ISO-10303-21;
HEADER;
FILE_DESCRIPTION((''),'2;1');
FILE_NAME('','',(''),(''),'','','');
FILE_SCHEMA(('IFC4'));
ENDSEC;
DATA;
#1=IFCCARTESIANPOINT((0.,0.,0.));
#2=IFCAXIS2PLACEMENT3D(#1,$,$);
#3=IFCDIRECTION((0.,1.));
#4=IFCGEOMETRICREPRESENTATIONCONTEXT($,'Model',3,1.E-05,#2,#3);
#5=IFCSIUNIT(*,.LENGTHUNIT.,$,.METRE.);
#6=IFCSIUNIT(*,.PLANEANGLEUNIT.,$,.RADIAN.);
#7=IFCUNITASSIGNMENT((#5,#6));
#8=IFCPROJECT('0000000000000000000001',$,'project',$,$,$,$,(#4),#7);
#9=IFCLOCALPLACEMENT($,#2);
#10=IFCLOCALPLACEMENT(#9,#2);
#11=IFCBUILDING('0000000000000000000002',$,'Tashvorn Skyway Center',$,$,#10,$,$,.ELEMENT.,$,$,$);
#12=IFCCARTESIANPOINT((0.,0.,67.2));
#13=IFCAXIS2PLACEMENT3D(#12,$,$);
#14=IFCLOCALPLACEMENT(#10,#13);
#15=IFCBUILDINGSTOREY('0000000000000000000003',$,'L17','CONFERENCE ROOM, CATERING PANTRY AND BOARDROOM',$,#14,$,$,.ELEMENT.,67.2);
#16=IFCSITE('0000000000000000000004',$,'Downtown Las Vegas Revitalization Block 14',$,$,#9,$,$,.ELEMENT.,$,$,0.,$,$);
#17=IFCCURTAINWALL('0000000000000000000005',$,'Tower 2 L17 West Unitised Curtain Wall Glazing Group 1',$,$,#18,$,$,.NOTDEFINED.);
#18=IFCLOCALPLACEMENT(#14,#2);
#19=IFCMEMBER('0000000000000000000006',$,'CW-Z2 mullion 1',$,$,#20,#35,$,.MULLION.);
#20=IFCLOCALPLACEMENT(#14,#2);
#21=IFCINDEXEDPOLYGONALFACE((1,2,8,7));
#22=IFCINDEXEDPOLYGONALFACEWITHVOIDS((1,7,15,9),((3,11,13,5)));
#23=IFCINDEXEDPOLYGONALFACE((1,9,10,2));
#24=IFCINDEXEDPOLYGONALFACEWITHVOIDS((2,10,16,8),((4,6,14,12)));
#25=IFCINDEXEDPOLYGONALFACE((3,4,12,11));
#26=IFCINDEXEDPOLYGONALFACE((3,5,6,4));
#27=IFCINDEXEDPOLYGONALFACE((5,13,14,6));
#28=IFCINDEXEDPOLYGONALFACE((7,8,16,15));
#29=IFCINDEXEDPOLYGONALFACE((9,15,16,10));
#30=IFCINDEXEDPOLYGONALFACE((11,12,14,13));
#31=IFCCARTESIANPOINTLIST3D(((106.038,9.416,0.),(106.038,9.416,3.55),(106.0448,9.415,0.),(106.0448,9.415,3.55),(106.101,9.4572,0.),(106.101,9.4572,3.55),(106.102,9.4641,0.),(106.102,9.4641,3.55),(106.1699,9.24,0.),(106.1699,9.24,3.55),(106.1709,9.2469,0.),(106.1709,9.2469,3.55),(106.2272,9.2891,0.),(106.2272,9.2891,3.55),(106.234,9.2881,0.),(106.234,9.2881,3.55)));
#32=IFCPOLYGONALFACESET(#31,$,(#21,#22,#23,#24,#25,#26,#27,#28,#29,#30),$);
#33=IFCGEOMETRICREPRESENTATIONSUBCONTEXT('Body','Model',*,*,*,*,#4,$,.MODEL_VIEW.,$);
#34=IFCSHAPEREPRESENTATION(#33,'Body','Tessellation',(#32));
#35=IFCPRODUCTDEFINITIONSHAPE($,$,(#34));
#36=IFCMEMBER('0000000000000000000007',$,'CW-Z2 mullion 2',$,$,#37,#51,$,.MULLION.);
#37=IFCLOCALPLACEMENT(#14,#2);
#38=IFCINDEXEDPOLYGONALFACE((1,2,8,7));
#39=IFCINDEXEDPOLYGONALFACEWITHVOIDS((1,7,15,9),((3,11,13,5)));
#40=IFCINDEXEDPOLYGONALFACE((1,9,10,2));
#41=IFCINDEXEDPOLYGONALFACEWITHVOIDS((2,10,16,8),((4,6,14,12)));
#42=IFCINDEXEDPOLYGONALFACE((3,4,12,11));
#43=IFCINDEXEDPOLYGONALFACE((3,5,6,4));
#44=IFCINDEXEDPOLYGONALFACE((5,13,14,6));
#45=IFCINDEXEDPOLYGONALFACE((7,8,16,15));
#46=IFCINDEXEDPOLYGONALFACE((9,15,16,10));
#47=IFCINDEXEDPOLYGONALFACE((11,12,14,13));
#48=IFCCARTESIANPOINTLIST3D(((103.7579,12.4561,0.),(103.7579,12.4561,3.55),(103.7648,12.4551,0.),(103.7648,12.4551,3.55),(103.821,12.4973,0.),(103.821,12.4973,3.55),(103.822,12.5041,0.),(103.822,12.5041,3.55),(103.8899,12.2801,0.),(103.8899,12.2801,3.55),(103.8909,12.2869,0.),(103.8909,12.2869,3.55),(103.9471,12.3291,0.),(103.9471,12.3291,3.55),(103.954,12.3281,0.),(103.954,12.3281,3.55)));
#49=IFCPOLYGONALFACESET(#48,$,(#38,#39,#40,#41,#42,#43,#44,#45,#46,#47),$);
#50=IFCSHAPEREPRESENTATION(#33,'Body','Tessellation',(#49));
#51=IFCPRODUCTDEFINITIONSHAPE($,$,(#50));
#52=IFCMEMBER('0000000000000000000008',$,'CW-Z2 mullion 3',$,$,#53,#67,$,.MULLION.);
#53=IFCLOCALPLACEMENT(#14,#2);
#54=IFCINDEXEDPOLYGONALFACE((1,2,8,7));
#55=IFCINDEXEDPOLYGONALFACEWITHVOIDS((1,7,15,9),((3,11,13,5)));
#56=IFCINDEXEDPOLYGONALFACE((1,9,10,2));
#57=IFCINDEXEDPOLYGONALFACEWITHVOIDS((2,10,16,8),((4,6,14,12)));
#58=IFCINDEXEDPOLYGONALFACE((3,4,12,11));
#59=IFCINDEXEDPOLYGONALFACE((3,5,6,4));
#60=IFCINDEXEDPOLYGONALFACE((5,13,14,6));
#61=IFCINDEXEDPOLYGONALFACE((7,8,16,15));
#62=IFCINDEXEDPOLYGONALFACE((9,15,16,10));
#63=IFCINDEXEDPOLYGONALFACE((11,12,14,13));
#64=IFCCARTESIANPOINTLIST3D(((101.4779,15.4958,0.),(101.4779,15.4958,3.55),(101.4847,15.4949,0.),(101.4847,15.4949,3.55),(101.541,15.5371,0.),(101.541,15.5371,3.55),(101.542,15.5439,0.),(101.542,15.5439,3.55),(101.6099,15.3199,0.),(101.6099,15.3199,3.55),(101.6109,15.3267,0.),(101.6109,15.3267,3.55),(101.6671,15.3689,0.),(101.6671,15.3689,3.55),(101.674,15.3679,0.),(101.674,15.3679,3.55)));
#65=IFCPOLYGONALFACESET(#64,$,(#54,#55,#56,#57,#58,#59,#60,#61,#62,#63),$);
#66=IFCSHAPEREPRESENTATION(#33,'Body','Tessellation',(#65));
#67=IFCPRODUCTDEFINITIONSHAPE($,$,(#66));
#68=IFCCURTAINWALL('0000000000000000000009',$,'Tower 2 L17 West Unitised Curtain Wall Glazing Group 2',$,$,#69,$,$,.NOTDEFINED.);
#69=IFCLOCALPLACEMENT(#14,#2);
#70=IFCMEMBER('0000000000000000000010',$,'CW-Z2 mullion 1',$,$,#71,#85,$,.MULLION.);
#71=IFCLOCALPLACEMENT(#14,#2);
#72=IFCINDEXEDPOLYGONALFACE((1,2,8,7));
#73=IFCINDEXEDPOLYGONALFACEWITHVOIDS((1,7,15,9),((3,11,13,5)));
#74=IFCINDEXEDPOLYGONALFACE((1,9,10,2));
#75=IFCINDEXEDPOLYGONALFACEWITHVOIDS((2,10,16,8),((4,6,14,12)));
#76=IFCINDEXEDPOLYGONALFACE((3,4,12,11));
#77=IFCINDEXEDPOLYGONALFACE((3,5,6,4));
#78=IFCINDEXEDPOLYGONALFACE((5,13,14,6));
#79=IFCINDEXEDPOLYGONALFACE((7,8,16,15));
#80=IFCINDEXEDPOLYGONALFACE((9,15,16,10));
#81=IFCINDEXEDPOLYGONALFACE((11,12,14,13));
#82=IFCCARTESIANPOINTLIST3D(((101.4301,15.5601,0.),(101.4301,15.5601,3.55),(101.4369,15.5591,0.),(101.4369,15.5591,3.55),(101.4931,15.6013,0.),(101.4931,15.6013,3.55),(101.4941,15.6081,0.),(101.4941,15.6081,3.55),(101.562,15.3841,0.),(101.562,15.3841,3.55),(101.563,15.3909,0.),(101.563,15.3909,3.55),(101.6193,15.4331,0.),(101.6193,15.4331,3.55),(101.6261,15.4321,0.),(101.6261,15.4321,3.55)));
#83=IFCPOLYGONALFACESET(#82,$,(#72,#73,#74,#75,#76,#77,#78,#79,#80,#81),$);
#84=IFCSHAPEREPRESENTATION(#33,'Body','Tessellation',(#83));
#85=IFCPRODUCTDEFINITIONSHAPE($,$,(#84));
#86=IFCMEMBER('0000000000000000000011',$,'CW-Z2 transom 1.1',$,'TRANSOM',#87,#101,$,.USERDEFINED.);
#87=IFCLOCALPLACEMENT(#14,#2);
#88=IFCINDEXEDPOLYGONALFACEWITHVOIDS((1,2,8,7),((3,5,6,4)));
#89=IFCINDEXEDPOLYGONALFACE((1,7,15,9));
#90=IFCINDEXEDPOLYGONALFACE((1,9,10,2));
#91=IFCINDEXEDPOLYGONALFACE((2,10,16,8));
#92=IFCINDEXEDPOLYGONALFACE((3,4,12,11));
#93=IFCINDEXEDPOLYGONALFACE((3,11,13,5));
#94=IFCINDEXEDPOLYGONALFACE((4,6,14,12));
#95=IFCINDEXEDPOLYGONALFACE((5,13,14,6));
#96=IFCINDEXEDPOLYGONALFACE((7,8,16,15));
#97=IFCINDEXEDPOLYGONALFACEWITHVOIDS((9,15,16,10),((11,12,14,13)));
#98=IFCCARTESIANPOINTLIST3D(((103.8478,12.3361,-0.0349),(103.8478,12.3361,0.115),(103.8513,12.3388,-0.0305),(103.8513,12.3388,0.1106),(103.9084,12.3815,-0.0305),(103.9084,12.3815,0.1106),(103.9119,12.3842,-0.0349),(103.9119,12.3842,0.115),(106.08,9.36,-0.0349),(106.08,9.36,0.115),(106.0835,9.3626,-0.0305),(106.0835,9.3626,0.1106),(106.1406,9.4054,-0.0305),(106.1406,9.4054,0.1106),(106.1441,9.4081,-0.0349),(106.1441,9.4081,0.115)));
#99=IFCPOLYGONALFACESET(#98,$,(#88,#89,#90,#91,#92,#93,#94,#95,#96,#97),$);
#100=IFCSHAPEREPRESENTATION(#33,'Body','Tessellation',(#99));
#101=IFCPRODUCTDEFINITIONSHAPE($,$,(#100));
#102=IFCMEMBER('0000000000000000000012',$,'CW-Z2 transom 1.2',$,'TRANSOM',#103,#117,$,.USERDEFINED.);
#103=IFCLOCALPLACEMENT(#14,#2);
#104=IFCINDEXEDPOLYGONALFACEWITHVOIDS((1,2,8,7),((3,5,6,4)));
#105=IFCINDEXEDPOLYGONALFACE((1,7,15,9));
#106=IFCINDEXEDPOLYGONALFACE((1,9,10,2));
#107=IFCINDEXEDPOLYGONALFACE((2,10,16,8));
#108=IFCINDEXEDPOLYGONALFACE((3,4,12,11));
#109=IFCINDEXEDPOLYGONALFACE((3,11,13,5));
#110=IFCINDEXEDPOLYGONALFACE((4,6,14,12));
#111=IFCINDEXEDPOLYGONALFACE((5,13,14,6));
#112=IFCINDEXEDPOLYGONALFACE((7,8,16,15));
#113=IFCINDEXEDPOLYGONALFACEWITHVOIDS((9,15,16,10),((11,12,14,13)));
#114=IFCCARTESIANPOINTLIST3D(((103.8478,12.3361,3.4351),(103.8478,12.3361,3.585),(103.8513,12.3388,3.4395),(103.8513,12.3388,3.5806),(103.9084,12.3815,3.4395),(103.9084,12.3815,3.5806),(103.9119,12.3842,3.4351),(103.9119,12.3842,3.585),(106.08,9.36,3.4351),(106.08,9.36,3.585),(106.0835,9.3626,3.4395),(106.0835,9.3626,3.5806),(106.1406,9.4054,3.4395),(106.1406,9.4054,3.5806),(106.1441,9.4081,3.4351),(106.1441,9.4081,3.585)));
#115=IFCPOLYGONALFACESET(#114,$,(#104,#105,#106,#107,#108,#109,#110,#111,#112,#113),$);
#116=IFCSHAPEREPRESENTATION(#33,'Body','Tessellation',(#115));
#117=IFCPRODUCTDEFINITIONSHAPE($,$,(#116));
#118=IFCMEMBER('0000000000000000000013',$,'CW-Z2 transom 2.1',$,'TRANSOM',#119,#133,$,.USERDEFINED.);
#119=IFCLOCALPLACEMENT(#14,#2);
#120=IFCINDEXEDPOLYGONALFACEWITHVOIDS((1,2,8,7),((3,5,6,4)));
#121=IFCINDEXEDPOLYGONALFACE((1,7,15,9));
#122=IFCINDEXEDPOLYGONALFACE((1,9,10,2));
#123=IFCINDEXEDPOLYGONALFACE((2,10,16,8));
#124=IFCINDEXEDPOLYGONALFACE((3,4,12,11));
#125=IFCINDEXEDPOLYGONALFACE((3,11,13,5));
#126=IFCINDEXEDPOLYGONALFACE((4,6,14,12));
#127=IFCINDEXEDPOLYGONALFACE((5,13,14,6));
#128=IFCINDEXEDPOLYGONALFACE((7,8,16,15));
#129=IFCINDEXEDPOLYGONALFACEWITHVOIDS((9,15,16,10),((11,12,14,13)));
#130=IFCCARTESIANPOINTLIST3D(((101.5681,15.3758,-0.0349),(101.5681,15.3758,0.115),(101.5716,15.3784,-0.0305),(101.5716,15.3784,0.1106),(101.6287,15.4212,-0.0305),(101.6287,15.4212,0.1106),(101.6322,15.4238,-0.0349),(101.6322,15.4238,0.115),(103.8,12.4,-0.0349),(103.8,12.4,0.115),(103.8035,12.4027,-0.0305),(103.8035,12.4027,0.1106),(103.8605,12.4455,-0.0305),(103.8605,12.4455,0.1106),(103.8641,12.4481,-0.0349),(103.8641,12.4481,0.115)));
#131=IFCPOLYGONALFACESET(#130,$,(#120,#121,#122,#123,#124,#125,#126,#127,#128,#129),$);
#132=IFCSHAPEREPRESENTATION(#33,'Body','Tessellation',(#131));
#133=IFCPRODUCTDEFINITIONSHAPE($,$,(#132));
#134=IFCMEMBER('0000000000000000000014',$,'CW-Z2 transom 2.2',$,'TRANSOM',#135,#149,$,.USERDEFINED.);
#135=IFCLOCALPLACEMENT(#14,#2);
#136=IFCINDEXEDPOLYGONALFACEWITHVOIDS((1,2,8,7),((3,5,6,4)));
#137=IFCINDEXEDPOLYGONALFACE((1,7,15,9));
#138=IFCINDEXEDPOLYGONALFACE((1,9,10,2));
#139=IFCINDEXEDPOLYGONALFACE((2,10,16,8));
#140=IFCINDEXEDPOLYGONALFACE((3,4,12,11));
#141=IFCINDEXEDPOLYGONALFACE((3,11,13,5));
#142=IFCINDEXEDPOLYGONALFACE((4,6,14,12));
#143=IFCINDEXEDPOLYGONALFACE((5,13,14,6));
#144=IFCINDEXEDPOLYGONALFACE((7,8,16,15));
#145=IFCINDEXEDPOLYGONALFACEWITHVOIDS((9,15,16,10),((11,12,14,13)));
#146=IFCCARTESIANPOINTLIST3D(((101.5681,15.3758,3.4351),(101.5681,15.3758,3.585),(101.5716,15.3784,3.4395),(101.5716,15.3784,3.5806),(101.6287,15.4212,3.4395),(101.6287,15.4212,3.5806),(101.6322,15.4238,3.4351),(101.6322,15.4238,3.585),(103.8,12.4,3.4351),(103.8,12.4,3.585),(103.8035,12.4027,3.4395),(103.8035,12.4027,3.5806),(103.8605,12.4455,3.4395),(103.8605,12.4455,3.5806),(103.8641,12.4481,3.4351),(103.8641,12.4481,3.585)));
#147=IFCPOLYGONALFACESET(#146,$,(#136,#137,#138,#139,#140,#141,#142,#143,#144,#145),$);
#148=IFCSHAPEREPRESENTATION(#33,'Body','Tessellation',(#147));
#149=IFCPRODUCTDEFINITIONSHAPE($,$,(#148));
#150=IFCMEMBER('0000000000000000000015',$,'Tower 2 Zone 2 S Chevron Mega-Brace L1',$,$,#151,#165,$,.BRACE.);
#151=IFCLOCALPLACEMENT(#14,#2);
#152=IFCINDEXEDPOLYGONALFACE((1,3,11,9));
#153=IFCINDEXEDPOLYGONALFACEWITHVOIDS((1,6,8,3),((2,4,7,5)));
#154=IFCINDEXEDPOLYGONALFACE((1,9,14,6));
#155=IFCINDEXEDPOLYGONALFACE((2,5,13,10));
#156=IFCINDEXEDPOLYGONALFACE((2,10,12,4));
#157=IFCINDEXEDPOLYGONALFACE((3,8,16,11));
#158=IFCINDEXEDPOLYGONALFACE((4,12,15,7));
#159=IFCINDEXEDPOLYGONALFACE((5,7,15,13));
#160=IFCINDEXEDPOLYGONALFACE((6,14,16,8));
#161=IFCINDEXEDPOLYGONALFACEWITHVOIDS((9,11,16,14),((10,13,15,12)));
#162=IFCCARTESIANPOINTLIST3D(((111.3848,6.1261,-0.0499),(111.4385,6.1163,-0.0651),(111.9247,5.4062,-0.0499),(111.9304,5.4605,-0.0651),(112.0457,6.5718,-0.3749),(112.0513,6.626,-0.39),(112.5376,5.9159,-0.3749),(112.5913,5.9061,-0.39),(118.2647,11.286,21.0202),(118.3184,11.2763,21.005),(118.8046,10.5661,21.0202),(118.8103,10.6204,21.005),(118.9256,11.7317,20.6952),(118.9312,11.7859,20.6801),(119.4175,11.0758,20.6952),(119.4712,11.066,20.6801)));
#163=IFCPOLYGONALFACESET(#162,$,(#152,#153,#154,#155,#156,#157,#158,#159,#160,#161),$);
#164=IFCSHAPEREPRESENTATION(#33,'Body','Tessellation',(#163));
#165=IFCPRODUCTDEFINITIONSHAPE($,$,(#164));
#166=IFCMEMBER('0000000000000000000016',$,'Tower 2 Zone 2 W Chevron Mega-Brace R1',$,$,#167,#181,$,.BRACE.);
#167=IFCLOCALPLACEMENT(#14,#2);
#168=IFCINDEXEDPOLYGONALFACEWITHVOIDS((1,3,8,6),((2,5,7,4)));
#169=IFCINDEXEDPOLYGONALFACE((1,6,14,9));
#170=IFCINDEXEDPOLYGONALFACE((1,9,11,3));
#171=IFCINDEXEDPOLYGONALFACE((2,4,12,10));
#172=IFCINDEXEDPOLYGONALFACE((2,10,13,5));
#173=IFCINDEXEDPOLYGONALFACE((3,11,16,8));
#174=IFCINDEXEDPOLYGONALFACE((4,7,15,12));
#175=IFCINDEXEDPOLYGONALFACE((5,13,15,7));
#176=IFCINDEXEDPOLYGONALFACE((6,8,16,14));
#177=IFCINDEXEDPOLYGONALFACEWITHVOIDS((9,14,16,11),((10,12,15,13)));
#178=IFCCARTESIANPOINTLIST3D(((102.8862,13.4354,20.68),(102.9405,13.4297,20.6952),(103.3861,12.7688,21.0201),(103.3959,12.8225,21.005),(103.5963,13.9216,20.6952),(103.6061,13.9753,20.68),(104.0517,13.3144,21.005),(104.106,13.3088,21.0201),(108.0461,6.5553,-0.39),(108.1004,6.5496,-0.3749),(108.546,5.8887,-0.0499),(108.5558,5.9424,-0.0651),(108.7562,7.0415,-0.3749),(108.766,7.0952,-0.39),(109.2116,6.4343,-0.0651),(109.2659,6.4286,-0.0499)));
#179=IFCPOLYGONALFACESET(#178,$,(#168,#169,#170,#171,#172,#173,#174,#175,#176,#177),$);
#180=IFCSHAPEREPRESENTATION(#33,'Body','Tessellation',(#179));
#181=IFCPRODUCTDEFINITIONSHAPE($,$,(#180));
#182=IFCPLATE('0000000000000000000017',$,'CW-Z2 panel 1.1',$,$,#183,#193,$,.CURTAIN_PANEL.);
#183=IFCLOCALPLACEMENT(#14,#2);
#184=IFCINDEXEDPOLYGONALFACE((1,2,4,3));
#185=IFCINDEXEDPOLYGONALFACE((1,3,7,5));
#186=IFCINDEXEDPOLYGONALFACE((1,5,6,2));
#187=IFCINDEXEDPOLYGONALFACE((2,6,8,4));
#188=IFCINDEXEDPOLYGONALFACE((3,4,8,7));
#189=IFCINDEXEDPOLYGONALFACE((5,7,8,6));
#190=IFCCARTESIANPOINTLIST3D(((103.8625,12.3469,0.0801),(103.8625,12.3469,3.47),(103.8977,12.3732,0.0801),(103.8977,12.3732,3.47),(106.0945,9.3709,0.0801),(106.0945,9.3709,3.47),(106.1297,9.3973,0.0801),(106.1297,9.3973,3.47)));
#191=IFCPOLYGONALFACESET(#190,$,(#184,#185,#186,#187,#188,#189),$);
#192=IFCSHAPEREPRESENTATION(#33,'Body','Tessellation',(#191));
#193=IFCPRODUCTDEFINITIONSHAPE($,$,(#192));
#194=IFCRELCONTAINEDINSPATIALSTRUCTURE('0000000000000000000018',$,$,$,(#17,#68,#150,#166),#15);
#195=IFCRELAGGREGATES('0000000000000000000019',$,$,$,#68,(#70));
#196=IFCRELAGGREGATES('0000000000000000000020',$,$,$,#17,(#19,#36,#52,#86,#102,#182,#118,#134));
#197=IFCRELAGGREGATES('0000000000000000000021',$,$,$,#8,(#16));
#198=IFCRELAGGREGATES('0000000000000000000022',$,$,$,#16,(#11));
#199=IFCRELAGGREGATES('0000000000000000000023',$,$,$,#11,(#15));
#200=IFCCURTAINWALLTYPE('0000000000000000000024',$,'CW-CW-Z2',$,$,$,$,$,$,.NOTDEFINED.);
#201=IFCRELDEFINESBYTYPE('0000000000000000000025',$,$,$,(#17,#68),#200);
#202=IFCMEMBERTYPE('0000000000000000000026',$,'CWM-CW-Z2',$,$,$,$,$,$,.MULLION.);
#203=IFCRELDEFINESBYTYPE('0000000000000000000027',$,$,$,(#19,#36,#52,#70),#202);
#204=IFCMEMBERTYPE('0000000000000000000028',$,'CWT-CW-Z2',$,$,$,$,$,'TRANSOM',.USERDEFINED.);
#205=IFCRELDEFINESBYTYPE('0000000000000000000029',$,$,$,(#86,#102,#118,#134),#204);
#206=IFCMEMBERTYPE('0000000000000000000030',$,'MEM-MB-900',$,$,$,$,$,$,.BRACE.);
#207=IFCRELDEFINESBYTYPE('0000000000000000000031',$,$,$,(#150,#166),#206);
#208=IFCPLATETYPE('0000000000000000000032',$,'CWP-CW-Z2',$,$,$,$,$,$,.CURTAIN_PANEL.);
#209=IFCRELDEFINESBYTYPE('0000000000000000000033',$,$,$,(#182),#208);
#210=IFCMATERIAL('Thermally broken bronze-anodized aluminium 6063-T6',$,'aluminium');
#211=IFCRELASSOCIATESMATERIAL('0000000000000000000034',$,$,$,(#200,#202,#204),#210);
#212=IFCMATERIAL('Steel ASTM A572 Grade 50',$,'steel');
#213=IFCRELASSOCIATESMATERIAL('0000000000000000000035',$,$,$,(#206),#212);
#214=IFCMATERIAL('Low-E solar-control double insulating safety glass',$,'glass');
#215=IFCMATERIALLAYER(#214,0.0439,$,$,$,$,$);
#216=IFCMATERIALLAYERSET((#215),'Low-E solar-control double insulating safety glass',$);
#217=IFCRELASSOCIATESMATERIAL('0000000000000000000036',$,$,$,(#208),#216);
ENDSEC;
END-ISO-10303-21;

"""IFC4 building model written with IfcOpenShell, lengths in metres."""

from ifc_helpers import new_model, si_unit, direction, frame, origin, origin_2d, place, context, subcontext, project, spatial, rectangle, hollow_rectangle, extrude, material, layer, layer_set, material_profile, profile_set, type_object, element, aggregate, save


model = new_model("IFC4")

# Units and contexts
model_context = context("Model", 3, precision=1e-05, world=origin(), true_north=direction((0.0, 1.0)))
body_context = subcontext(model_context, "Body", "Model", "MODEL_VIEW")
ifc_project = project(units=[si_unit("LENGTHUNIT", "METRE"), si_unit("PLANEANGLEUNIT", "RADIAN")], contexts=[model_context])

# Site, building, storey
site_placement = place(None, origin())
site = spatial("IfcSite", under=ifc_project, at=site_placement, Name="Downtown Las Vegas Revitalization Block 14", CompositionType="ELEMENT", RefElevation=0.0)
building_placement = place(site_placement, origin())
building = spatial("IfcBuilding", under=site, at=building_placement, Name="Tashvorn Skyway Center", CompositionType="ELEMENT")
storey_placement = place(building_placement, frame((0.0, 0.0, 67.2)))
storey = spatial("IfcBuildingStorey", under=building, at=storey_placement, Name="L17", Description="CONFERENCE ROOM, CATERING PANTRY AND BOARDROOM", CompositionType="ELEMENT", Elevation=67.2)

# Shared definitions
ifc_material_1 = material(Name="Steel ASTM A572 Grade 50", Category="steel")

# Curtain wall, members
ifc_material_2 = material(Name="Thermally broken bronze-anodized aluminium 6063-T6", Category="aluminium")
curtain_wall_type = type_object("IfcCurtainWallType", Name="CW-CW-Z2", PredefinedType="NOTDEFINED", material=ifc_material_2)
curtain_wall_1_placement = place(storey_placement, origin())
curtain_wall_1 = element("IfcCurtainWall", 1, at=curtain_wall_1_placement, inside=storey, type_object=curtain_wall_type, Name="Tower 2 L17 West Unitised Curtain Wall Glazing Group 1", PredefinedType="NOTDEFINED")
ifc_material_profile_1 = material_profile(ifc_material_2, hollow_rectangle(XDim=0.0801, YDim=0.22, WallThickness=0.0049, at=origin_2d()), Name="ALU-MULL-80x220")
ifc_profile_set_1 = profile_set([ifc_material_profile_1], Name="Thermally broken bronze-anodized aluminium 6063-T6")
member_type_1 = type_object("IfcMemberType", Name="CWM-CW-Z2", PredefinedType="MULLION", material=ifc_profile_set_1)
member_1_placement = place(storey_placement, frame((106.136, 9.3521, 0.0), z_axis=(0.0, 0.0, 1.0), x_axis=(-0.8, -0.6, 0.0)))
member_1 = element("IfcMember", 2, at=member_1_placement, type_object=member_type_1, Name="CW-Z2 mullion 1", PredefinedType="MULLION", context=body_context, shape_type="SweptSolid", body=[
    extrude(hollow_rectangle(XDim=0.0801, YDim=0.22, WallThickness=0.0049, at=origin_2d()), origin(), (0.0, 0.0, 1.0), 3.55),
])
member_2_placement = place(storey_placement, frame((103.856, 12.3921, 0.0), z_axis=(0.0, 0.0, 1.0), x_axis=(-0.8, -0.6, 0.0)))
member_2 = element("IfcMember", 3, at=member_2_placement, type_object=member_type_1, Name="CW-Z2 mullion 2", PredefinedType="MULLION", context=body_context, shape_type="SweptSolid", body=[
    extrude(hollow_rectangle(XDim=0.0801, YDim=0.22, WallThickness=0.0049, at=origin_2d()), origin(), (0.0, 0.0, 1.0), 3.55),
])
member_3_placement = place(storey_placement, frame((101.5759, 15.4319, 0.0), z_axis=(0.0, 0.0, 1.0), x_axis=(-0.8, -0.6, 0.0)))
member_3 = element("IfcMember", 4, at=member_3_placement, type_object=member_type_1, Name="CW-Z2 mullion 3", PredefinedType="MULLION", context=body_context, shape_type="SweptSolid", body=[
    extrude(hollow_rectangle(XDim=0.0801, YDim=0.22, WallThickness=0.0049, at=origin_2d()), origin(), (0.0, 0.0, 1.0), 3.55),
])

# Curtain wall, member
curtain_wall_2_placement = place(storey_placement, origin())
curtain_wall_2 = element("IfcCurtainWall", 5, at=curtain_wall_2_placement, inside=storey, type_object=curtain_wall_type, Name="Tower 2 L17 West Unitised Curtain Wall Glazing Group 2", PredefinedType="NOTDEFINED")
member_4_placement = place(storey_placement, frame((101.5281, 15.4961, 0.0), z_axis=(0.0, 0.0, 1.0), x_axis=(-0.8, -0.6, 0.0)))
member_4 = element("IfcMember", 6, at=member_4_placement, type_object=member_type_1, Name="CW-Z2 mullion 1", PredefinedType="MULLION", context=body_context, shape_type="SweptSolid", body=[
    extrude(hollow_rectangle(XDim=0.0801, YDim=0.22, WallThickness=0.0049, at=origin_2d()), origin(), (0.0, 0.0, 1.0), 3.55),
])
aggregate(curtain_wall_2, [member_4])

# Members
ifc_material_profile_2 = material_profile(ifc_material_2, hollow_rectangle(XDim=0.0801, YDim=0.1499, WallThickness=0.0044, at=origin_2d()), Name="ALU-TRAN-80x150")
ifc_profile_set_2 = profile_set([ifc_material_profile_2], Name="Thermally broken bronze-anodized aluminium 6063-T6")
member_type_2 = type_object("IfcMemberType", Name="CWT-CW-Z2", ElementType="TRANSOM", PredefinedType="USERDEFINED", material=ifc_profile_set_2)
member_5_placement = place(storey_placement, frame((106.1121, 9.384, 0.04), z_axis=(-0.600021, 0.799984, 0.0), x_axis=(-0.799984, -0.600021, 0.0)))
member_5 = element("IfcMember", 7, at=member_5_placement, type_object=member_type_2, Name="CW-Z2 transom 1.1", ObjectType="TRANSOM", PredefinedType="USERDEFINED", context=body_context, shape_type="SweptSolid", body=[
    extrude(hollow_rectangle(XDim=0.0801, YDim=0.1499, WallThickness=0.0044, at=origin_2d()), origin(), (0.0, 0.0, 1.0), 3.7202),
])
member_6_placement = place(storey_placement, frame((106.1121, 9.384, 3.51), z_axis=(-0.600021, 0.799984, 0.0), x_axis=(-0.799984, -0.600021, 0.0)))
member_6 = element("IfcMember", 8, at=member_6_placement, type_object=member_type_2, Name="CW-Z2 transom 1.2", ObjectType="TRANSOM", PredefinedType="USERDEFINED", context=body_context, shape_type="SweptSolid", body=[
    extrude(hollow_rectangle(XDim=0.0801, YDim=0.1499, WallThickness=0.0044, at=origin_2d()), origin(), (0.0, 0.0, 1.0), 3.7202),
])
member_7_placement = place(storey_placement, frame((103.832, 12.4241, 0.04), z_axis=(-0.600011, 0.799992, 0.0), x_axis=(-0.799992, -0.600011, 0.0)))
member_7 = element("IfcMember", 9, at=member_7_placement, type_object=member_type_2, Name="CW-Z2 transom 2.1", ObjectType="TRANSOM", PredefinedType="USERDEFINED", context=body_context, shape_type="SweptSolid", body=[
    extrude(hollow_rectangle(XDim=0.0801, YDim=0.1499, WallThickness=0.0044, at=origin_2d()), origin(), (0.0, 0.0, 1.0), 3.7197),
])
member_8_placement = place(storey_placement, frame((103.832, 12.4241, 3.51), z_axis=(-0.600011, 0.799992, 0.0), x_axis=(-0.799992, -0.600011, 0.0)))
member_8 = element("IfcMember", 10, at=member_8_placement, type_object=member_type_2, Name="CW-Z2 transom 2.2", ObjectType="TRANSOM", PredefinedType="USERDEFINED", context=body_context, shape_type="SweptSolid", body=[
    extrude(hollow_rectangle(XDim=0.0801, YDim=0.1499, WallThickness=0.0044, at=origin_2d()), origin(), (0.0, 0.0, 1.0), 3.7197),
])

# Members
ifc_material_profile_3 = material_profile(ifc_material_1, hollow_rectangle(XDim=0.8999, YDim=0.8999, WallThickness=0.04, at=origin_2d()), Name="BOX900x900x40")
ifc_profile_set_3 = profile_set([ifc_material_profile_3], Name="Steel ASTM A572 Grade 50")
member_type_3 = type_object("IfcMemberType", Name="MEM-MB-900", PredefinedType="BRACE", material=ifc_profile_set_3)
for number, where, z_axis, x_axis, name in (
    (11, (111.988, 6.0161, -0.22), (0.302312, 0.226734, 0.92585), (-0.6, 0.8, 0.0), "Tower 2 Zone 2 S Chevron Mega-Brace L1"),
    (12, (108.656, 6.4919, -0.22), (-0.226734, 0.302322, 0.925847), (-0.80001, -0.599986, 0.0), "Tower 2 Zone 2 W Chevron Mega-Brace R1"),
):
    element("IfcMember", number, at=place(storey_placement, frame(where, z_axis=z_axis, x_axis=x_axis)), inside=storey, type_object=member_type_3, Name=name, PredefinedType="BRACE", context=body_context, shape_type="SweptSolid", body=[
        extrude(hollow_rectangle(XDim=0.8999, YDim=0.8999, WallThickness=0.04, at=origin_2d()), origin(), (0.0, 0.0, 1.0), 22.7576),
    ])

# Plate
ifc_material_3 = material(Name="Low-E solar-control double insulating safety glass", Category="glass")
ifc_layer_1 = layer(ifc_material_3, 0.0439)
ifc_layer_set_1 = layer_set([ifc_layer_1], Name="Low-E solar-control double insulating safety glass")
plate_type_1 = type_object("IfcPlateType", Name="CWP-CW-Z2", PredefinedType="CURTAIN_PANEL", material=ifc_layer_set_1)
plate_1_placement = place(storey_placement, frame((104.9961, 10.8721, 0.0801), z_axis=(0.0, 0.0, 1.0), x_axis=(-0.6, 0.8, 0.0)))
plate_1 = element("IfcPlate", 13, at=plate_1_placement, type_object=plate_type_1, Name="CW-Z2 panel 1.1", PredefinedType="CURTAIN_PANEL", context=body_context, shape_type="SweptSolid", body=[
    extrude(rectangle(XDim=3.72, YDim=0.0439, at=origin_2d()), origin(), (0.0, 0.0, 1.0), 3.3899),
])
aggregate(curtain_wall_1, [member_1, member_2, member_3, member_5, member_6, plate_1, member_7, member_8])

save(model, "model.ifc")
